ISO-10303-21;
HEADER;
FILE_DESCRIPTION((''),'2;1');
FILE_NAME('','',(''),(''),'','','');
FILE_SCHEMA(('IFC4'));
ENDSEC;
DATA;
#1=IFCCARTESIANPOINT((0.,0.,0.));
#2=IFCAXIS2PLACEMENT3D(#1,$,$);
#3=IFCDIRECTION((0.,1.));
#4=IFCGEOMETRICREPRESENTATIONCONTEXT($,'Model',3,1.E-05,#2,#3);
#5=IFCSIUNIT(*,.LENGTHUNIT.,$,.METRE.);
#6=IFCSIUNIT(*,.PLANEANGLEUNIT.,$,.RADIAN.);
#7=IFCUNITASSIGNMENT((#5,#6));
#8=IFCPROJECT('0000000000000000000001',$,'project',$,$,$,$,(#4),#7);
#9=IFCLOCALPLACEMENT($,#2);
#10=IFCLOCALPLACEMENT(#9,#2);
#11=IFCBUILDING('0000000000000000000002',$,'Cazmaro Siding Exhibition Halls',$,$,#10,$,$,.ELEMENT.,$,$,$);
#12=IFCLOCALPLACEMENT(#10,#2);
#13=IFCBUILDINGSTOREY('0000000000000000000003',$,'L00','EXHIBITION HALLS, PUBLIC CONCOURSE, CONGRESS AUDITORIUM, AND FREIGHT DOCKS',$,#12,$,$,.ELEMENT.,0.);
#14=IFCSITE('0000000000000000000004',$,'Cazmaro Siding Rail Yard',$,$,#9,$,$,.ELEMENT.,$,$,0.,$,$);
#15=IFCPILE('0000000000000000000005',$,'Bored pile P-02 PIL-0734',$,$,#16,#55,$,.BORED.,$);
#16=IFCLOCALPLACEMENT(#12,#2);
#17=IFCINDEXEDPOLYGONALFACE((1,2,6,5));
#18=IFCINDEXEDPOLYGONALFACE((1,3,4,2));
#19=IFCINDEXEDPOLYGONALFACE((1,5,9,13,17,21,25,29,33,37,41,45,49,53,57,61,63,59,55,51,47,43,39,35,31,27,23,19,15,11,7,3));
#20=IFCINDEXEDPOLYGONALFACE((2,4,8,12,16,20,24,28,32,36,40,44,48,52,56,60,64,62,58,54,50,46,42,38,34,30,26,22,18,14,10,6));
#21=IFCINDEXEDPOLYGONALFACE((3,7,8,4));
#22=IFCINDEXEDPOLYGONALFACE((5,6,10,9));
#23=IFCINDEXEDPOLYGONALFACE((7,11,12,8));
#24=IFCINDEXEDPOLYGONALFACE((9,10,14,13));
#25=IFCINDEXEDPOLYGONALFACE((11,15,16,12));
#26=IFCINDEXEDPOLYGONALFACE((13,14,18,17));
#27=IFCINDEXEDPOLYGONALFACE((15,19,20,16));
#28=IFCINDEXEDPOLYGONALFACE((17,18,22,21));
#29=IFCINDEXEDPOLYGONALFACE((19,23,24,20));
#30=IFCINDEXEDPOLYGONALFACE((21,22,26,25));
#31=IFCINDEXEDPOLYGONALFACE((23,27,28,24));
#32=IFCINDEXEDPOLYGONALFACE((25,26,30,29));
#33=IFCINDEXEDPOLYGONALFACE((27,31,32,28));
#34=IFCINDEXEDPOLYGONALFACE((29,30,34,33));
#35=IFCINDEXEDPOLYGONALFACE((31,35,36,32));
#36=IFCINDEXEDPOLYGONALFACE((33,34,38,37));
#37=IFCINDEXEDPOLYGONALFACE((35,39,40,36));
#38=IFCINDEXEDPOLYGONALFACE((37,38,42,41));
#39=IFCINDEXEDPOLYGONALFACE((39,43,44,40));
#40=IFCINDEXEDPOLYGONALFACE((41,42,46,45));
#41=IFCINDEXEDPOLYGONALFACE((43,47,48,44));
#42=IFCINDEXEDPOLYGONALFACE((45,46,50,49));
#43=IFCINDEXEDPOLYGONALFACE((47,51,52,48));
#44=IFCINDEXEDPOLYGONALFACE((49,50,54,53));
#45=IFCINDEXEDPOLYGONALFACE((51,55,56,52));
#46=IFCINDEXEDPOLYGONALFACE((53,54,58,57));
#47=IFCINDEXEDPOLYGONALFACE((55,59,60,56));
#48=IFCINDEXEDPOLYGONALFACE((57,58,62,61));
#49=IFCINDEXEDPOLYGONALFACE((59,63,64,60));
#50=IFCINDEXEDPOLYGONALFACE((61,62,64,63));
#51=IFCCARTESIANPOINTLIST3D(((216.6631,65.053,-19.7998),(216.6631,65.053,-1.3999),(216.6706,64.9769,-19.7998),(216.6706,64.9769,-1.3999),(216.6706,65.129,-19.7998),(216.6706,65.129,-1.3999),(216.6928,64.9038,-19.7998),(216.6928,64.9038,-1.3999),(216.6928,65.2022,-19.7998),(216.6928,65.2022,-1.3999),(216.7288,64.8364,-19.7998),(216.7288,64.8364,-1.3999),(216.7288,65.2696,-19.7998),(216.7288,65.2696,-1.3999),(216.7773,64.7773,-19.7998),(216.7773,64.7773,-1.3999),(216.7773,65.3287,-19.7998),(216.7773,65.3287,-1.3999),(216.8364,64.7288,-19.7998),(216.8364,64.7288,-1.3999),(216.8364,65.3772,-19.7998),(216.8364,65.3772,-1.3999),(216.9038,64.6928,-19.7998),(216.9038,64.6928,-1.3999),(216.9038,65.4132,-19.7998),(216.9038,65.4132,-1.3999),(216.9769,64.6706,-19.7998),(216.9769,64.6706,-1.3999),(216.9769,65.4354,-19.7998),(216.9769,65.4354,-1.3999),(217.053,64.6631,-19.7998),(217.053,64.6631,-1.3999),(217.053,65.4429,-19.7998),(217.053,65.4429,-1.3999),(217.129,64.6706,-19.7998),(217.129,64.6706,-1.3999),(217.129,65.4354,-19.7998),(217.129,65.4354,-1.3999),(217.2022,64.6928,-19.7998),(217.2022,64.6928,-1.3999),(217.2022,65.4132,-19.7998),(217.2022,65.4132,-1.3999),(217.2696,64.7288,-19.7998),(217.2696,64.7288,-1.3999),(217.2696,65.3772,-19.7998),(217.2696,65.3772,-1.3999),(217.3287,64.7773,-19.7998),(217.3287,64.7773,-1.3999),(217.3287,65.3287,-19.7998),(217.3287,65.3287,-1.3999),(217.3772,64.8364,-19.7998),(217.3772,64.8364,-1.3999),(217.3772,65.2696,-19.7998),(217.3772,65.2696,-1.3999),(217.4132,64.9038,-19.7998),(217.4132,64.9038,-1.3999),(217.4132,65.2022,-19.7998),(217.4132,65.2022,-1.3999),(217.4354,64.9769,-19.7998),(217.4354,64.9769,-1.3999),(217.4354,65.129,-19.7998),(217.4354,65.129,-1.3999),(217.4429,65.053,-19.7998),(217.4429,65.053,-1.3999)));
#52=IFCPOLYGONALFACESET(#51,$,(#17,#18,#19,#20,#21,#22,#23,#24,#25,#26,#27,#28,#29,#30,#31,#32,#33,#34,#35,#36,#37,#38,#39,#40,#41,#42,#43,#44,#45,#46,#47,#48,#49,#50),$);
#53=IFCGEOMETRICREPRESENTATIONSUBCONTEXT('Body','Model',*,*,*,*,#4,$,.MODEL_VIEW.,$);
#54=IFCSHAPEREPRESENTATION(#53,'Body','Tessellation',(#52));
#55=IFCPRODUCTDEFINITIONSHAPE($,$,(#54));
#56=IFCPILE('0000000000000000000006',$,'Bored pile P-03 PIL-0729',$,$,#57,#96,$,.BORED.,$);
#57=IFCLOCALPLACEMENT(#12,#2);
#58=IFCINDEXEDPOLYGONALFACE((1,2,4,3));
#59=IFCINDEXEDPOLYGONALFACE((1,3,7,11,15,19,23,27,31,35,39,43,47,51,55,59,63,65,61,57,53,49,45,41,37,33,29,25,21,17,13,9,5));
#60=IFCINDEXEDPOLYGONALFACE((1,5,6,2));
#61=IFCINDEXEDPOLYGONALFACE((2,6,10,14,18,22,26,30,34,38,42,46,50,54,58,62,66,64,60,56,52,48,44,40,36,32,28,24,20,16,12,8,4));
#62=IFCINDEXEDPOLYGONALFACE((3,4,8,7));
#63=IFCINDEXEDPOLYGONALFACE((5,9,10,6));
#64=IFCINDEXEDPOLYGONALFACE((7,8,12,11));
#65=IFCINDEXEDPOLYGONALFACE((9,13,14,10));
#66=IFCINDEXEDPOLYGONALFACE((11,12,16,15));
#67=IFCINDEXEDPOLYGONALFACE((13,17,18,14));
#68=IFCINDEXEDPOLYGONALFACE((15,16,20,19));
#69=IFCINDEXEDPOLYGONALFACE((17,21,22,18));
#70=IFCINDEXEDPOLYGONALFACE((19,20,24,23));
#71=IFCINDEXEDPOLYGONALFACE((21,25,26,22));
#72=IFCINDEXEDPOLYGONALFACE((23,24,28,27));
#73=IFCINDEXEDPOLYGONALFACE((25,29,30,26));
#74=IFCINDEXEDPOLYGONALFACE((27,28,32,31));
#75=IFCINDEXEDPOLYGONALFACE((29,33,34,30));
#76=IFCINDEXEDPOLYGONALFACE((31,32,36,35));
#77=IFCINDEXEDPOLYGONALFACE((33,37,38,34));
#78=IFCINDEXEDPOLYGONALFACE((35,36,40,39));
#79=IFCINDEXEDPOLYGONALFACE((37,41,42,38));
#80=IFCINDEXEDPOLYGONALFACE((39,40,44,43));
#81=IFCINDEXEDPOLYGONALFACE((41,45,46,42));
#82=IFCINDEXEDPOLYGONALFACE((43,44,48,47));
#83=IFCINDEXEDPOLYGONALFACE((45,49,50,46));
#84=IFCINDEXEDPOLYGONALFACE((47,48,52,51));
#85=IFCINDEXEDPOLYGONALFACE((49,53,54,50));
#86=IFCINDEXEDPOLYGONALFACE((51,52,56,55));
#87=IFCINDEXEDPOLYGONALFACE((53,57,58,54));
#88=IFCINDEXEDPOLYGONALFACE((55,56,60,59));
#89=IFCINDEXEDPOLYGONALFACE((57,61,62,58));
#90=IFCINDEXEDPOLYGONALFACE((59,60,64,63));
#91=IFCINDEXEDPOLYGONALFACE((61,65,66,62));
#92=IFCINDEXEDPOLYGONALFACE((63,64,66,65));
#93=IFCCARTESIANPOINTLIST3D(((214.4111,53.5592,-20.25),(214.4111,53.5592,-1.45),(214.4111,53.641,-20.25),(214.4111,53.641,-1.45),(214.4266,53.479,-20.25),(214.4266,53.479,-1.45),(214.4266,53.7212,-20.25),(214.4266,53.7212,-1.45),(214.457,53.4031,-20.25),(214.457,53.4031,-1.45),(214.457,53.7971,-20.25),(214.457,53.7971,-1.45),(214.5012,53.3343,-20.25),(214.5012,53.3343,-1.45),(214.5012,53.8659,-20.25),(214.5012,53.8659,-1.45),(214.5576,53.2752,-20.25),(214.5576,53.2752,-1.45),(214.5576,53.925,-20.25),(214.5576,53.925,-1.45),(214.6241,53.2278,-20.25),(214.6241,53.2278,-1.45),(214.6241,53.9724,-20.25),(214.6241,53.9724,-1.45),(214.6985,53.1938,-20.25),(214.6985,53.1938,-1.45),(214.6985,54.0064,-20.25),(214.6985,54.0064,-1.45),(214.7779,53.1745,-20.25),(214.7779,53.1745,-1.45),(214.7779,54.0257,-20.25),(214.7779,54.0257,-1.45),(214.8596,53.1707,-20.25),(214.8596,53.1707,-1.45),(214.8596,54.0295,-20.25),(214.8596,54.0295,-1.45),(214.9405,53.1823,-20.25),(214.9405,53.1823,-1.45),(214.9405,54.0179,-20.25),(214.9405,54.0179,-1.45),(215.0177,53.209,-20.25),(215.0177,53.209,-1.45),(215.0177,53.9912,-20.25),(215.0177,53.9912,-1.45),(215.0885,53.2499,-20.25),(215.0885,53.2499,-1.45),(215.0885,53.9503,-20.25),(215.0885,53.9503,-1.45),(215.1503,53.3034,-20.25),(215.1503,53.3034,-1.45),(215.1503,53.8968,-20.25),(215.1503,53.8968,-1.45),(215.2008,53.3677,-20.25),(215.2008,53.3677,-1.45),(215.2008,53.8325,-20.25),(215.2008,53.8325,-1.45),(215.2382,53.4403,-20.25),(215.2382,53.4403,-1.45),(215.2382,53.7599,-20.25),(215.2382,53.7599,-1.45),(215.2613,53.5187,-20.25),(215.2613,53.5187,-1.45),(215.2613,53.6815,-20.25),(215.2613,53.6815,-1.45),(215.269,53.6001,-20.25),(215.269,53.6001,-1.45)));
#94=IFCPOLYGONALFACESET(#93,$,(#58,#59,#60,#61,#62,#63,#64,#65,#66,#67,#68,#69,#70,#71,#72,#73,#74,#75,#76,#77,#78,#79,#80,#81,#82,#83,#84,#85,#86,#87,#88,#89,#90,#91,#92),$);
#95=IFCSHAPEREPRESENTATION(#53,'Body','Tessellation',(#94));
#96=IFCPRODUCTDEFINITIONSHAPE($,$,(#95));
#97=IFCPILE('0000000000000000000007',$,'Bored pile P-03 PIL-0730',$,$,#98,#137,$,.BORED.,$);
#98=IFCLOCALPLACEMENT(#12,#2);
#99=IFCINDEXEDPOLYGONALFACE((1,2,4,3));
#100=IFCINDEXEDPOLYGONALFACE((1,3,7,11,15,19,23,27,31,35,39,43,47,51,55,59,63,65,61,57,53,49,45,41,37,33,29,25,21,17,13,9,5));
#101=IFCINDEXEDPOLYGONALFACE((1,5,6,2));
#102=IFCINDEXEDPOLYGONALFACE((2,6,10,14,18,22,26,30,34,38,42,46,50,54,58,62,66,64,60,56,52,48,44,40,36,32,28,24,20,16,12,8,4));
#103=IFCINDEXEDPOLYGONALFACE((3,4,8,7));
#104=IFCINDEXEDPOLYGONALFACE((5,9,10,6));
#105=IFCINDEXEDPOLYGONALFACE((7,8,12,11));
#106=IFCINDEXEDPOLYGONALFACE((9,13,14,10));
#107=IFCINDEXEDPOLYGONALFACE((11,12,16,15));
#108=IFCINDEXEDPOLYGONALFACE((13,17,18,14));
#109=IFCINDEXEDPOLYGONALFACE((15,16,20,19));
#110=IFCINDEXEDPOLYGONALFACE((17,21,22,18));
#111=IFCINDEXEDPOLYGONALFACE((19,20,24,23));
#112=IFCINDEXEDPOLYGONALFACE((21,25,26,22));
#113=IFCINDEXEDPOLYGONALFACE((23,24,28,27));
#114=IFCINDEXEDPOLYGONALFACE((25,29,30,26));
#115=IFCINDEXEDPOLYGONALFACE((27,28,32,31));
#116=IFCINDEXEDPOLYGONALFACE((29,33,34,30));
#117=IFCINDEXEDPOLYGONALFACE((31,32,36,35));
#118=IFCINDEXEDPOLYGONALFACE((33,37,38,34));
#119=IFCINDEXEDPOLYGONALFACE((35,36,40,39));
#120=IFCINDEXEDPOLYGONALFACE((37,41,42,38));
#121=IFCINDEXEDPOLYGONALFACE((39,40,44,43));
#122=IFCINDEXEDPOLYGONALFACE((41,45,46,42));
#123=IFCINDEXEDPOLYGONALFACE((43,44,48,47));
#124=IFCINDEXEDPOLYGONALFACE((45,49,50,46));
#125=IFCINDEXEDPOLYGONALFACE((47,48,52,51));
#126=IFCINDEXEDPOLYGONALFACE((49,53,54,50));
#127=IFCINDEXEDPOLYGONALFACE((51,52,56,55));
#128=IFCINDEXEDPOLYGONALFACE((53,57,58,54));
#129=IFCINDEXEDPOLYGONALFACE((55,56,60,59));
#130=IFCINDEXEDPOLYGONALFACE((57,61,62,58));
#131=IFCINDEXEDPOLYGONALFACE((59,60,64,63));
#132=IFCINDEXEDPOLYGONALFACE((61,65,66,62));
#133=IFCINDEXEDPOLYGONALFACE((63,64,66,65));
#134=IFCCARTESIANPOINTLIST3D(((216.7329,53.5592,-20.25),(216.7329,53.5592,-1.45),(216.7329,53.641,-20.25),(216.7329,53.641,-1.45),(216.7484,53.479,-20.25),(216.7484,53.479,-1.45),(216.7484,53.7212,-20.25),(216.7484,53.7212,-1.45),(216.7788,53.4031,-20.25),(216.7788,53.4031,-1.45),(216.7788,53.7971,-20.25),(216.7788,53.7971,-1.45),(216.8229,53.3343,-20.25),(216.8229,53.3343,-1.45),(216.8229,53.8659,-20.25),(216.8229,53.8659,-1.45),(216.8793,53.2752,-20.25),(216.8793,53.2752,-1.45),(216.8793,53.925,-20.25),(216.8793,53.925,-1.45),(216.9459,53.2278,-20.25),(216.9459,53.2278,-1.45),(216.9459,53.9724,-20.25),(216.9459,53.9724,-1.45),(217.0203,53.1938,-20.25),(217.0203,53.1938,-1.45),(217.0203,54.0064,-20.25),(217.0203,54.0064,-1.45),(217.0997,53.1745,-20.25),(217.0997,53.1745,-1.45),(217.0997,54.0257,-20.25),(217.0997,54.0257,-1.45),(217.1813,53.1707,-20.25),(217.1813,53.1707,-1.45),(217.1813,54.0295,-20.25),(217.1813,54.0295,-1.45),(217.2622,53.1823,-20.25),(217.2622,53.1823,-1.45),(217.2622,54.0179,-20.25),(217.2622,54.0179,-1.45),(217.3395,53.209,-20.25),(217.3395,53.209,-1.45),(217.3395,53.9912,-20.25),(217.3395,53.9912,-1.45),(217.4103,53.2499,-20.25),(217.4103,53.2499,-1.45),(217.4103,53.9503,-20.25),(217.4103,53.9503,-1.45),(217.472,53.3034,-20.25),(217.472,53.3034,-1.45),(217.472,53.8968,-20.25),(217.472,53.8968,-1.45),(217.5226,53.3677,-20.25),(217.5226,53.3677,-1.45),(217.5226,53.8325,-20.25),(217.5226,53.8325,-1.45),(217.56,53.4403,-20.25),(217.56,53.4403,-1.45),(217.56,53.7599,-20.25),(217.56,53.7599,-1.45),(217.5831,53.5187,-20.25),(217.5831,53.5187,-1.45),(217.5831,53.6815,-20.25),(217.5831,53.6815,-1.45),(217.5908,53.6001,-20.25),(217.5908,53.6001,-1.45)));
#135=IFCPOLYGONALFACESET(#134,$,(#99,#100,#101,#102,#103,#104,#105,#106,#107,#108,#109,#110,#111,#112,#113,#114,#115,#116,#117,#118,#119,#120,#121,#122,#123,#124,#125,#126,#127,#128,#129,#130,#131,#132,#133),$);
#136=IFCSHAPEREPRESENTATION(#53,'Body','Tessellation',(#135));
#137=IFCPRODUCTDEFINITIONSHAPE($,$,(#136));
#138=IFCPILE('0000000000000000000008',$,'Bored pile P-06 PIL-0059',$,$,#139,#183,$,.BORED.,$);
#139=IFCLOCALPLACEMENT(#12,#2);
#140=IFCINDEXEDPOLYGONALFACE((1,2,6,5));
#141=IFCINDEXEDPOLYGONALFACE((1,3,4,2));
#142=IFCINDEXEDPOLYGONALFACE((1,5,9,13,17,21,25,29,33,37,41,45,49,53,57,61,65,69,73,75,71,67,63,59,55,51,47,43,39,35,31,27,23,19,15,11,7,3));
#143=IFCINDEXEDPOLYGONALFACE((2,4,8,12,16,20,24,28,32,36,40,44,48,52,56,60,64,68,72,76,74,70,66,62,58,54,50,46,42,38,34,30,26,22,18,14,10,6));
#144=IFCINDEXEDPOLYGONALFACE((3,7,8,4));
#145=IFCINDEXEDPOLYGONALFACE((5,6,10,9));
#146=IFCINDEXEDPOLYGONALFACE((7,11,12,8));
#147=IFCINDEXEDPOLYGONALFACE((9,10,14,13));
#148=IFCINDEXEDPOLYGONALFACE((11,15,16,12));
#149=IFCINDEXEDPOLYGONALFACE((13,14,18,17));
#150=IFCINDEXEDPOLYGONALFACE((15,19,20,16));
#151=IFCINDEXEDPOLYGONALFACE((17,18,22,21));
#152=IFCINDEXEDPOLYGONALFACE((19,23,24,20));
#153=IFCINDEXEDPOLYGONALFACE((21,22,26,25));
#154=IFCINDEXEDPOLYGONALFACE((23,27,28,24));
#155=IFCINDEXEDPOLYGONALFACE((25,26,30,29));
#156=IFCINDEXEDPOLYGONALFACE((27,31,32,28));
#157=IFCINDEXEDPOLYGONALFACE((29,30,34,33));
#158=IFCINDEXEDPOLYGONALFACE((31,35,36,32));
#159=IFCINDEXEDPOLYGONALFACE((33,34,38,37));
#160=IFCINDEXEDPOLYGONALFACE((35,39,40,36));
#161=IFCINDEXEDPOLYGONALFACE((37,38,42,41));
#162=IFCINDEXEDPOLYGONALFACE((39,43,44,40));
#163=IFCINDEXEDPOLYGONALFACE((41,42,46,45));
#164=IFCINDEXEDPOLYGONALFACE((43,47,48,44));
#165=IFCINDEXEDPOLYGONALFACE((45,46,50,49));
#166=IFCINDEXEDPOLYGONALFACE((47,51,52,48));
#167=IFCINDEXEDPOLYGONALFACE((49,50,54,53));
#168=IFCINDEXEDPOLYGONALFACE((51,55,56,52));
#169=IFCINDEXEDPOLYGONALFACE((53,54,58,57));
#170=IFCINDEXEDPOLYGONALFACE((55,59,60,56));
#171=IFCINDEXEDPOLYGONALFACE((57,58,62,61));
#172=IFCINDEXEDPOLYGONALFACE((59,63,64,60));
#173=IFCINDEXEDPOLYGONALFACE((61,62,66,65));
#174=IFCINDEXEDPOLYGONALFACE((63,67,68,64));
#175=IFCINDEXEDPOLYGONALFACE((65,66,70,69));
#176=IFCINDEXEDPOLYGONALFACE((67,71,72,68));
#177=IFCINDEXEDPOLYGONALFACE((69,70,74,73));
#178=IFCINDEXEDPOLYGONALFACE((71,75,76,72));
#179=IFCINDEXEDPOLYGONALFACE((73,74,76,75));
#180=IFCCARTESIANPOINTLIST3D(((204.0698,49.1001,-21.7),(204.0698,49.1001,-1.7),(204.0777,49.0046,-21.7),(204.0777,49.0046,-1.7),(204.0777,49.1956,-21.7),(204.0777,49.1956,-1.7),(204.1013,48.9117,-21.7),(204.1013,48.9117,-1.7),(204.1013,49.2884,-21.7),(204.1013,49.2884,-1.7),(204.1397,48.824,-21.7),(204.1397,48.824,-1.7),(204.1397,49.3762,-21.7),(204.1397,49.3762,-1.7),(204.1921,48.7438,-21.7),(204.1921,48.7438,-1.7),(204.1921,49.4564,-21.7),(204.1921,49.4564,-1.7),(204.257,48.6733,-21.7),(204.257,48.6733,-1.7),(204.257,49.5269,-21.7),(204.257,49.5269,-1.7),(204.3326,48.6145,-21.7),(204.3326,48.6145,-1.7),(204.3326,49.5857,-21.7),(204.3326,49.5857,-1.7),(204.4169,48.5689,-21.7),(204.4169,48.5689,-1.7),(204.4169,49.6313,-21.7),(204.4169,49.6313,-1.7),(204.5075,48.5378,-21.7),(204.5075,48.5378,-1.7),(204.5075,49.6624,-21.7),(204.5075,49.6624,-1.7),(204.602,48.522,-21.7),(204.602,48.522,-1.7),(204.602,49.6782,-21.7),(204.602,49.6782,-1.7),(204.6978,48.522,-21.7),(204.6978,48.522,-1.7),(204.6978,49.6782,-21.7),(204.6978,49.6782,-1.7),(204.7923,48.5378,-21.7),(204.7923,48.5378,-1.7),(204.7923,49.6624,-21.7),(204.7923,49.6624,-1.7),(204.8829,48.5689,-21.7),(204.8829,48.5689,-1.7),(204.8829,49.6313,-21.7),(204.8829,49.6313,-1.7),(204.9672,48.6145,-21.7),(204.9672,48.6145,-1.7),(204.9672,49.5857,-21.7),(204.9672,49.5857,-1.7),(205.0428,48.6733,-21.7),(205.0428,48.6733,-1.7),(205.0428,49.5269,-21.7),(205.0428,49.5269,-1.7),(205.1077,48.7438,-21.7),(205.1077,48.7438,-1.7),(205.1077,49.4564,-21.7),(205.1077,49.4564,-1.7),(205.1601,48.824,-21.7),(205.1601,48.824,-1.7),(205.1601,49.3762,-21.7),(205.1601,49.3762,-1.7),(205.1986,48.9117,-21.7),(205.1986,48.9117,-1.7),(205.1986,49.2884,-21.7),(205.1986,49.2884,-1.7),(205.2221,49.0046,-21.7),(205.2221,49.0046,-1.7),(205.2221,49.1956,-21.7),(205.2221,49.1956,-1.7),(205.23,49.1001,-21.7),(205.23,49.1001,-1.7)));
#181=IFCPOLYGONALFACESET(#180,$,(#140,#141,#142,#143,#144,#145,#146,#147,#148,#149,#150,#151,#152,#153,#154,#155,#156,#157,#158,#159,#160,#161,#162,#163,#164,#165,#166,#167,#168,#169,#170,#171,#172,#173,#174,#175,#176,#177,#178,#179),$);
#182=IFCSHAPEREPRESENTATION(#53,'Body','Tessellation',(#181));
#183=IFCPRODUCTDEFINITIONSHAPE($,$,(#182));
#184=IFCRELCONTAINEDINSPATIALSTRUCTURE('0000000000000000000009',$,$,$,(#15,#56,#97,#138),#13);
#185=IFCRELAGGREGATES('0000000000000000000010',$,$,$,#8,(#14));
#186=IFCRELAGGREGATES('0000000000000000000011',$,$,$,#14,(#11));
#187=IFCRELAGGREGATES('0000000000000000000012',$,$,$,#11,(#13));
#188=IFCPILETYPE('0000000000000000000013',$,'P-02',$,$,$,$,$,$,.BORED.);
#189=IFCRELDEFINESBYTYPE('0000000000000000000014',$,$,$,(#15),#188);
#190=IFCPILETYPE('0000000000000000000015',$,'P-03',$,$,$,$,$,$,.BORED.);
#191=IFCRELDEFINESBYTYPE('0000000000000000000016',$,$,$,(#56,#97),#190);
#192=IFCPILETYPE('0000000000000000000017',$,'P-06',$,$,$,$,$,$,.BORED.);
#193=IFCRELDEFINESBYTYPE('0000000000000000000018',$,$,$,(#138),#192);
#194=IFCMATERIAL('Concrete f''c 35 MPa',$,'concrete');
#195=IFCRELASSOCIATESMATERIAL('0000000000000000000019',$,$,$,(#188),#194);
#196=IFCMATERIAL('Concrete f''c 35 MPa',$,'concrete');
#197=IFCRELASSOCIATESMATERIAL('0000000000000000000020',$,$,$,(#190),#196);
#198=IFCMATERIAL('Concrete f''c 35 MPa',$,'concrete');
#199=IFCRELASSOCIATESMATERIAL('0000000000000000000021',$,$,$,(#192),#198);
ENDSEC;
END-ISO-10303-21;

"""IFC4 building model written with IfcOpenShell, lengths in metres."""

from ifc_helpers import new_model, si_unit, direction, frame, origin, origin_2d, place, context, subcontext, project, spatial, circle, extrude, material, material_profile, profile_set, type_object, element, save


model = new_model("IFC4")

# Units and contexts
model_context = context("Model", 3, precision=1e-05, world=origin(), true_north=direction((0.0, 1.0)))
body_context = subcontext(model_context, "Body", "Model", "MODEL_VIEW")
ifc_project = project(units=[si_unit("LENGTHUNIT", "METRE"), si_unit("PLANEANGLEUNIT", "RADIAN")], contexts=[model_context])

# Site, building, storey
site_placement = place(None, origin())
site = spatial("IfcSite", under=ifc_project, at=site_placement, Name="Cazmaro Siding Rail Yard", CompositionType="ELEMENT", RefElevation=0.0)
building_placement = place(site_placement, origin())
building = spatial("IfcBuilding", under=site, at=building_placement, Name="Cazmaro Siding Exhibition Halls", CompositionType="ELEMENT")
storey_placement = place(building_placement, origin())
storey = spatial("IfcBuildingStorey", under=building, at=storey_placement, Name="L00", Description="EXHIBITION HALLS, PUBLIC CONCOURSE, CONGRESS AUDITORIUM, AND FREIGHT DOCKS", CompositionType="ELEMENT", Elevation=0.0)

# Piles
ifc_material_1 = material(Name="Concrete f'c 35 MPa", Category="concrete")
ifc_material_profile_1 = material_profile(ifc_material_1, circle(Radius=0.3899, at=origin_2d()), Name="CIDH-780")
ifc_profile_set_1 = profile_set([ifc_material_profile_1], Name="Concrete f'c 35 MPa")
pile_type_1 = type_object("IfcPileType", Name="P-02", PredefinedType="BORED", material=ifc_profile_set_1)
for number, where, z_axis, x_axis, name in (
    (1, (217.053, 65.053, -1.3999), (0.0, 0.0, -1.0), (1.0, 0.0, 0.0), "Bored pile P-02 PIL-0734"),
):
    element("IfcPile", number, at=place(storey_placement, frame(where, z_axis=z_axis, x_axis=x_axis)), inside=storey, type_object=pile_type_1, Name=name, PredefinedType="BORED", context=body_context, shape_type="SweptSolid", body=[
        extrude(circle(Radius=0.3899, at=origin_2d()), origin(), (0.0, 0.0, 1.0), 18.3999),
    ])
ifc_material_2 = material(Name="Concrete f'c 35 MPa", Category="concrete")
ifc_material_profile_2 = material_profile(ifc_material_2, circle(Radius=0.4299, at=origin_2d()), Name="CIDH-860")
ifc_profile_set_2 = profile_set([ifc_material_profile_2], Name="Concrete f'c 35 MPa")
pile_type_2 = type_object("IfcPileType", Name="P-03", PredefinedType="BORED", material=ifc_profile_set_2)
for number, where, z_axis, x_axis, name in (
    (2, (214.8391, 53.6001, -1.45), (0.0, 0.0, -1.0), (1.0, 0.0, 0.0), "Bored pile P-03 PIL-0729"),
    (3, (217.1609, 53.6001, -1.45), (0.0, 0.0, -1.0), (1.0, 0.0, 0.0), "Bored pile P-03 PIL-0730"),
):
    element("IfcPile", number, at=place(storey_placement, frame(where, z_axis=z_axis, x_axis=x_axis)), inside=storey, type_object=pile_type_2, Name=name, PredefinedType="BORED", context=body_context, shape_type="SweptSolid", body=[
        extrude(circle(Radius=0.4299, at=origin_2d()), origin(), (0.0, 0.0, 1.0), 18.8),
    ])
ifc_material_3 = material(Name="Concrete f'c 35 MPa", Category="concrete")
ifc_material_profile_3 = material_profile(ifc_material_3, circle(Radius=0.5801, at=origin_2d()), Name="CIDH-1160")
ifc_profile_set_3 = profile_set([ifc_material_profile_3], Name="Concrete f'c 35 MPa")
pile_type_3 = type_object("IfcPileType", Name="P-06", PredefinedType="BORED", material=ifc_profile_set_3)
for number, where, z_axis, x_axis, name in (
    (4, (204.6499, 49.1001, -1.7), (0.0, 0.0, -1.0), (1.0, 0.0, 0.0), "Bored pile P-06 PIL-0059"),
):
    element("IfcPile", number, at=place(storey_placement, frame(where, z_axis=z_axis, x_axis=x_axis)), inside=storey, type_object=pile_type_3, Name=name, PredefinedType="BORED", context=body_context, shape_type="SweptSolid", body=[
        extrude(circle(Radius=0.5801, at=origin_2d()), origin(), (0.0, 0.0, 1.0), 20.0),
    ])

save(model, "model.ifc")
